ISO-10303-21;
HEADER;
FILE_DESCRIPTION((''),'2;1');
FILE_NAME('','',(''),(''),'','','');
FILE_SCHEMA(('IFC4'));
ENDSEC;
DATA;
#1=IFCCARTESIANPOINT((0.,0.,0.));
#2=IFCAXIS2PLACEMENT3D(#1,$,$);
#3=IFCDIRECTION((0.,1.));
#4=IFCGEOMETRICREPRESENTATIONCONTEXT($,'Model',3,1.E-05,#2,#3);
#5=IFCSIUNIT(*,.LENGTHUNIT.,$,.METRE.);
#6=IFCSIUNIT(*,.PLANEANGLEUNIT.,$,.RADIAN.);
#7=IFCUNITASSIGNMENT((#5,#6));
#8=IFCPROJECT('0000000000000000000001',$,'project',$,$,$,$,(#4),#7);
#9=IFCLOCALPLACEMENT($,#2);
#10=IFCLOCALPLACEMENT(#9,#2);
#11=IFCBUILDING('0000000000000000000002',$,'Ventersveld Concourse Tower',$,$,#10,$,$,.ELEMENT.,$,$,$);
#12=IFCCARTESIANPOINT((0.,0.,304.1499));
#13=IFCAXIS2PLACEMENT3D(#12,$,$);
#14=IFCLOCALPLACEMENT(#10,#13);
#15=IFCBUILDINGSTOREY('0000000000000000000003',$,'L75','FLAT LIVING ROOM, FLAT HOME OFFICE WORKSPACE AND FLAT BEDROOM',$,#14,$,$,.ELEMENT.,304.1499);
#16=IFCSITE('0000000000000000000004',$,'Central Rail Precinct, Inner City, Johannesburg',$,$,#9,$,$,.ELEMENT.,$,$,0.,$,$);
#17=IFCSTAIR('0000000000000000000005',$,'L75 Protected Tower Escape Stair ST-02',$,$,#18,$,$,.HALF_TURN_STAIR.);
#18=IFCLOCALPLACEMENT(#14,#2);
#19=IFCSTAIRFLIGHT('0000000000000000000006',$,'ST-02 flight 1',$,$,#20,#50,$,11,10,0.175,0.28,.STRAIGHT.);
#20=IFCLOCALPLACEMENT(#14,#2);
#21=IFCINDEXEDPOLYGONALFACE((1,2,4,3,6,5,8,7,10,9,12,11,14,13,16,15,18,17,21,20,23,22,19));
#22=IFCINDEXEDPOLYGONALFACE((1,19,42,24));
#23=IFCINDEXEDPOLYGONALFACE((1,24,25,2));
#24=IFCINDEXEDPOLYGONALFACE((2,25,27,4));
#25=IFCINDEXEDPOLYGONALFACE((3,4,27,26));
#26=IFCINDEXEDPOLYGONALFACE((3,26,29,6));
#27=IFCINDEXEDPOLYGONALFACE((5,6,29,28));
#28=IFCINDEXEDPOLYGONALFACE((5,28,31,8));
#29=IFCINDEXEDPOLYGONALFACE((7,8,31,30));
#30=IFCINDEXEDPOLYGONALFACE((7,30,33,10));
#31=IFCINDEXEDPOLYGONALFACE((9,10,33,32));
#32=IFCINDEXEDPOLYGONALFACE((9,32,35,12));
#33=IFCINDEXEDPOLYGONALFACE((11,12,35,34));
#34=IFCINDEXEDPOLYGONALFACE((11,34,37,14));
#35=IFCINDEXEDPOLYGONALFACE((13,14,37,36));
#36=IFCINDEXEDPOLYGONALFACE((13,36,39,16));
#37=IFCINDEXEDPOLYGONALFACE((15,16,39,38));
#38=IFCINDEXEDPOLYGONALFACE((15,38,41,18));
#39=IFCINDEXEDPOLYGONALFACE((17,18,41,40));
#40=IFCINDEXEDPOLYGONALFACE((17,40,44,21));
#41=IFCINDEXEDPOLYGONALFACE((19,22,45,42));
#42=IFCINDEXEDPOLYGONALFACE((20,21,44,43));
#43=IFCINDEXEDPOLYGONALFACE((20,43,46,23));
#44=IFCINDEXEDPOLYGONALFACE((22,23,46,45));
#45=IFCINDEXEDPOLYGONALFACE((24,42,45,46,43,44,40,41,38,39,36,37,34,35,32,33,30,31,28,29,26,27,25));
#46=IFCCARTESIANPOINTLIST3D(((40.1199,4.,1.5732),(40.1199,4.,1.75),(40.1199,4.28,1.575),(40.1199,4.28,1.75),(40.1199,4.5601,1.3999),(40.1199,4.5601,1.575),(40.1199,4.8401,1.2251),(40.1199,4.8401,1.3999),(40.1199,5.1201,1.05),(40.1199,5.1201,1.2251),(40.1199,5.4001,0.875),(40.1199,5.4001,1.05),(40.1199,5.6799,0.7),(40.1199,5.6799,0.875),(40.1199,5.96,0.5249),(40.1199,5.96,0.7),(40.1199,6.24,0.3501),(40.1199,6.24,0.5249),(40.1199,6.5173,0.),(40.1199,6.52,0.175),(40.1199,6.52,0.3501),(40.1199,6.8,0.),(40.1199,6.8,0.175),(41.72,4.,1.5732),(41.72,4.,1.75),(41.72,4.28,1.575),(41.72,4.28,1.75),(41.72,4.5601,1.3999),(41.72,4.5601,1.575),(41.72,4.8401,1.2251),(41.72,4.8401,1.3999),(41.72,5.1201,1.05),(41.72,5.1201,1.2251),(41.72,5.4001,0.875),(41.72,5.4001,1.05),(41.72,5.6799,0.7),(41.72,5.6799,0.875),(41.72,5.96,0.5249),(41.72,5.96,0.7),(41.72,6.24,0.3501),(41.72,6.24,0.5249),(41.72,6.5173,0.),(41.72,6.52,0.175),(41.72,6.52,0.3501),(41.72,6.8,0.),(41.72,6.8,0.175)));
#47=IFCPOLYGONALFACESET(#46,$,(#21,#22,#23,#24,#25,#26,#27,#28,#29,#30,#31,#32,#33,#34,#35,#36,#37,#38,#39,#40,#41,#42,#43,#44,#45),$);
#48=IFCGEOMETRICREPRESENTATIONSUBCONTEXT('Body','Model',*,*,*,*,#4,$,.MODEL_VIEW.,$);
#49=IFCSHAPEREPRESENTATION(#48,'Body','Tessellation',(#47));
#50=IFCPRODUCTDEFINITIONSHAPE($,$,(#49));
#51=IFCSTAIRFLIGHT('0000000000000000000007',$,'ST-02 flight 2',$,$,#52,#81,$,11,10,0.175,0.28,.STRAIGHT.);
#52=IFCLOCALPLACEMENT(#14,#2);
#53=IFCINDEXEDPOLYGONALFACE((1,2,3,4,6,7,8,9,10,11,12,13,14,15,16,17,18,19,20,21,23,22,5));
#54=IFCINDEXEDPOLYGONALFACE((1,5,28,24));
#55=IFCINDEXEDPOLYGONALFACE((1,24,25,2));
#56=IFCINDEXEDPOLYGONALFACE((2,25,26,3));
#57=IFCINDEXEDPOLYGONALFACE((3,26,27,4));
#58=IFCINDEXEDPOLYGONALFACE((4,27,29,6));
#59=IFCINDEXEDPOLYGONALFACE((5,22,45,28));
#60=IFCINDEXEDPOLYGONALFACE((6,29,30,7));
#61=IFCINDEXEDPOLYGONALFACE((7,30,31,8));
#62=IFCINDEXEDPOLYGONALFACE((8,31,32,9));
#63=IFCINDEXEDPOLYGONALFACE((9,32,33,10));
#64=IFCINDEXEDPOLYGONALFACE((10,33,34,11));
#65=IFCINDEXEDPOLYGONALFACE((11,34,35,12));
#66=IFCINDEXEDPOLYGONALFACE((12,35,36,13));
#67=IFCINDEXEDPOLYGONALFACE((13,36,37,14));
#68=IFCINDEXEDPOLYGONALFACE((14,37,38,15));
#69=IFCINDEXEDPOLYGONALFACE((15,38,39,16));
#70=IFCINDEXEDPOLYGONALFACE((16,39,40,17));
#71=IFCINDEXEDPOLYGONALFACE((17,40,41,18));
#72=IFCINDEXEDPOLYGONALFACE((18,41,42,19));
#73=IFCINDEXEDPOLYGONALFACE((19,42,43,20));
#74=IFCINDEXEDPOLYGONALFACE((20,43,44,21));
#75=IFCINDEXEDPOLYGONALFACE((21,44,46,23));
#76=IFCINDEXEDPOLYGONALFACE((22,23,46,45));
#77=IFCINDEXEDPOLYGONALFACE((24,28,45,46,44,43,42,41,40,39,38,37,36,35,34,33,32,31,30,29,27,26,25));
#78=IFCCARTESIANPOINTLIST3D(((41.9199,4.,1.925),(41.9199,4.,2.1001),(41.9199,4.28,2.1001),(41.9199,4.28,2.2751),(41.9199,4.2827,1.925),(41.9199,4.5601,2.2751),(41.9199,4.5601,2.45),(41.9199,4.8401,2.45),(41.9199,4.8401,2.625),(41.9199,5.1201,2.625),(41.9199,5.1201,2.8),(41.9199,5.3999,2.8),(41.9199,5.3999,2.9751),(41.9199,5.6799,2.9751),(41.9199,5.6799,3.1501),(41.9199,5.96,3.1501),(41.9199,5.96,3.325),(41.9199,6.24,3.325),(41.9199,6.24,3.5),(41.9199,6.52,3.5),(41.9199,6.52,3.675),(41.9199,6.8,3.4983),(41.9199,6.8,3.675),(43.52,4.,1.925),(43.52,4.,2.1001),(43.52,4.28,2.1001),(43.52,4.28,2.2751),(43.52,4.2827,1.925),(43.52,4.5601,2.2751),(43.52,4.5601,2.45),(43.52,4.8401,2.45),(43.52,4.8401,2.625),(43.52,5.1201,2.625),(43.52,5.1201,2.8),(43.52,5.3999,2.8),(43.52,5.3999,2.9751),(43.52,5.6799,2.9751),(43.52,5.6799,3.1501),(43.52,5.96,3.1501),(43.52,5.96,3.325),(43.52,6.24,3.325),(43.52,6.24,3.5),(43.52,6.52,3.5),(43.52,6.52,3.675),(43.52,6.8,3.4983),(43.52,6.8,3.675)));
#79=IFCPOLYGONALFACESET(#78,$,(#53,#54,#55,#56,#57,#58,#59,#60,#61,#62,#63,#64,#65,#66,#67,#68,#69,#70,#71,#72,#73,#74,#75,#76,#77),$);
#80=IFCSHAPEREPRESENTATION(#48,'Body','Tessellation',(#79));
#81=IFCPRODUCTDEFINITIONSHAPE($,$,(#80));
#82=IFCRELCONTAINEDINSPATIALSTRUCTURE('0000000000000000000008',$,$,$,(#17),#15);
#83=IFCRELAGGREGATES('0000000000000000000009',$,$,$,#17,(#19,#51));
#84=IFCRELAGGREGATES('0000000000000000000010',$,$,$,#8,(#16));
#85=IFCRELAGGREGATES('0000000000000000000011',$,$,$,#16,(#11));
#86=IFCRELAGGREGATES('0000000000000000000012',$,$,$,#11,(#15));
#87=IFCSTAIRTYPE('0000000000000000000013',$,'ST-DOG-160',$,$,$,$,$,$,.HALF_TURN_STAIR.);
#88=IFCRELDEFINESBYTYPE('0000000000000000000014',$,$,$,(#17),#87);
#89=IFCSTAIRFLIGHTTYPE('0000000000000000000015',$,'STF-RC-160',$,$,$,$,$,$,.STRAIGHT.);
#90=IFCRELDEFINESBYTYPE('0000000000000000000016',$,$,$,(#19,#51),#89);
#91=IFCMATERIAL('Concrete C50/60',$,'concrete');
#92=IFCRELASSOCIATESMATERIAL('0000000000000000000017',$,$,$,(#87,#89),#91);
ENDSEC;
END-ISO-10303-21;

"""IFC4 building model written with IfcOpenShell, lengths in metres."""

from ifc_helpers import new_model, si_unit, direction, frame, origin, place, context, subcontext, project, spatial, polyline, outline, extrude, material, type_object, element, aggregate, save


model = new_model("IFC4")

# Units and contexts
model_context = context("Model", 3, precision=1e-05, world=origin(), true_north=direction((0.0, 1.0)))
body_context = subcontext(model_context, "Body", "Model", "MODEL_VIEW")
ifc_project = project(units=[si_unit("LENGTHUNIT", "METRE"), si_unit("PLANEANGLEUNIT", "RADIAN")], contexts=[model_context])

# Site, building, storey
site_placement = place(None, origin())
site = spatial("IfcSite", under=ifc_project, at=site_placement, Name="Central Rail Precinct, Inner City, Johannesburg", CompositionType="ELEMENT", RefElevation=0.0)
building_placement = place(site_placement, origin())
building = spatial("IfcBuilding", under=site, at=building_placement, Name="Ventersveld Concourse Tower", CompositionType="ELEMENT")
storey_placement = place(building_placement, frame((0.0, 0.0, 304.1499)))
storey = spatial("IfcBuildingStorey", under=building, at=storey_placement, Name="L75", Description="FLAT LIVING ROOM, FLAT HOME OFFICE WORKSPACE AND FLAT BEDROOM", CompositionType="ELEMENT", Elevation=304.1499)

# Shared definitions
ifc_material_1 = material(Name="Concrete C50/60", Category="concrete")

# Stair, stair flights
stair_type = type_object("IfcStairType", Name="ST-DOG-160", PredefinedType="HALF_TURN_STAIR", material=ifc_material_1)
stair_placement = place(storey_placement, origin())
stair = element("IfcStair", 1, at=stair_placement, inside=storey, type_object=stair_type, Name="L75 Protected Tower Escape Stair ST-02", PredefinedType="HALF_TURN_STAIR")
stair_flight_type = type_object("IfcStairFlightType", Name="STF-RC-160", PredefinedType="STRAIGHT", material=ifc_material_1)
stair_flight_1_placement = place(storey_placement, frame((40.9199, 6.8, 0.0), z_axis=(0.0, 0.0, 1.0), x_axis=(0.0, -1.0, 0.0)))
stair_flight_1 = element("IfcStairFlight", 2, at=stair_flight_1_placement, type_object=stair_flight_type, Name="ST-02 flight 1", NumberOfRisers=11, NumberOfTreads=10, PredefinedType="STRAIGHT", RiserHeight=0.175, TreadLength=0.28, context=body_context, shape_type="SweptSolid", body=[
    extrude(outline(polyline([(0.0, 0.0), (0.0, 0.175), (0.28, 0.175), (0.28, 0.3501), (0.5601, 0.3501), (0.5601, 0.5249), (0.8401, 0.5249), (0.8401, 0.7), (1.1201, 0.7), (1.1201, 0.875), (1.3999, 0.875), (1.3999, 1.05), (1.6799, 1.05), (1.6799, 1.2251), (1.96, 1.2251), (1.96, 1.3999), (2.24, 1.3999), (2.24, 1.575), (2.52, 1.575), (2.52, 1.75), (2.8, 1.75), (2.8, 1.925), (2.8, 1.5732), (0.2827, 0.0), (0.0, 0.0)])), frame((0.0, 0.8, 0.0), z_axis=(0.0, -1.0, 0.0), x_axis=(1.0, 0.0, 0.0)), (0.0, 0.0, 1.0), 1.6001),
])
stair_flight_2_placement = place(storey_placement, frame((42.72, 4.0, 1.925), z_axis=(0.0, 0.0, 1.0), x_axis=(0.0, 1.0, 0.0)))
stair_flight_2 = element("IfcStairFlight", 3, at=stair_flight_2_placement, type_object=stair_flight_type, Name="ST-02 flight 2", NumberOfRisers=11, NumberOfTreads=10, PredefinedType="STRAIGHT", RiserHeight=0.175, TreadLength=0.28, context=body_context, shape_type="SweptSolid", body=[
    extrude(outline(polyline([(0.0, 0.0), (0.0, 0.175), (0.28, 0.175), (0.28, 0.3501), (0.5601, 0.3501), (0.5601, 0.5249), (0.8401, 0.5249), (0.8401, 0.7), (1.1201, 0.7), (1.1201, 0.875), (1.3999, 0.875), (1.3999, 1.05), (1.6799, 1.05), (1.6799, 1.2251), (1.96, 1.2251), (1.96, 1.3999), (2.24, 1.3999), (2.24, 1.575), (2.52, 1.575), (2.52, 1.75), (2.8, 1.75), (2.8, 1.925), (2.8, 1.5732), (0.2827, 0.0), (0.0, 0.0)])), frame((0.0, 0.8, 0.0), z_axis=(0.0, -1.0, 0.0), x_axis=(1.0, 0.0, 0.0)), (0.0, 0.0, 1.0), 1.6001),
])
aggregate(stair, [stair_flight_1, stair_flight_2])

save(model, "model.ifc")
